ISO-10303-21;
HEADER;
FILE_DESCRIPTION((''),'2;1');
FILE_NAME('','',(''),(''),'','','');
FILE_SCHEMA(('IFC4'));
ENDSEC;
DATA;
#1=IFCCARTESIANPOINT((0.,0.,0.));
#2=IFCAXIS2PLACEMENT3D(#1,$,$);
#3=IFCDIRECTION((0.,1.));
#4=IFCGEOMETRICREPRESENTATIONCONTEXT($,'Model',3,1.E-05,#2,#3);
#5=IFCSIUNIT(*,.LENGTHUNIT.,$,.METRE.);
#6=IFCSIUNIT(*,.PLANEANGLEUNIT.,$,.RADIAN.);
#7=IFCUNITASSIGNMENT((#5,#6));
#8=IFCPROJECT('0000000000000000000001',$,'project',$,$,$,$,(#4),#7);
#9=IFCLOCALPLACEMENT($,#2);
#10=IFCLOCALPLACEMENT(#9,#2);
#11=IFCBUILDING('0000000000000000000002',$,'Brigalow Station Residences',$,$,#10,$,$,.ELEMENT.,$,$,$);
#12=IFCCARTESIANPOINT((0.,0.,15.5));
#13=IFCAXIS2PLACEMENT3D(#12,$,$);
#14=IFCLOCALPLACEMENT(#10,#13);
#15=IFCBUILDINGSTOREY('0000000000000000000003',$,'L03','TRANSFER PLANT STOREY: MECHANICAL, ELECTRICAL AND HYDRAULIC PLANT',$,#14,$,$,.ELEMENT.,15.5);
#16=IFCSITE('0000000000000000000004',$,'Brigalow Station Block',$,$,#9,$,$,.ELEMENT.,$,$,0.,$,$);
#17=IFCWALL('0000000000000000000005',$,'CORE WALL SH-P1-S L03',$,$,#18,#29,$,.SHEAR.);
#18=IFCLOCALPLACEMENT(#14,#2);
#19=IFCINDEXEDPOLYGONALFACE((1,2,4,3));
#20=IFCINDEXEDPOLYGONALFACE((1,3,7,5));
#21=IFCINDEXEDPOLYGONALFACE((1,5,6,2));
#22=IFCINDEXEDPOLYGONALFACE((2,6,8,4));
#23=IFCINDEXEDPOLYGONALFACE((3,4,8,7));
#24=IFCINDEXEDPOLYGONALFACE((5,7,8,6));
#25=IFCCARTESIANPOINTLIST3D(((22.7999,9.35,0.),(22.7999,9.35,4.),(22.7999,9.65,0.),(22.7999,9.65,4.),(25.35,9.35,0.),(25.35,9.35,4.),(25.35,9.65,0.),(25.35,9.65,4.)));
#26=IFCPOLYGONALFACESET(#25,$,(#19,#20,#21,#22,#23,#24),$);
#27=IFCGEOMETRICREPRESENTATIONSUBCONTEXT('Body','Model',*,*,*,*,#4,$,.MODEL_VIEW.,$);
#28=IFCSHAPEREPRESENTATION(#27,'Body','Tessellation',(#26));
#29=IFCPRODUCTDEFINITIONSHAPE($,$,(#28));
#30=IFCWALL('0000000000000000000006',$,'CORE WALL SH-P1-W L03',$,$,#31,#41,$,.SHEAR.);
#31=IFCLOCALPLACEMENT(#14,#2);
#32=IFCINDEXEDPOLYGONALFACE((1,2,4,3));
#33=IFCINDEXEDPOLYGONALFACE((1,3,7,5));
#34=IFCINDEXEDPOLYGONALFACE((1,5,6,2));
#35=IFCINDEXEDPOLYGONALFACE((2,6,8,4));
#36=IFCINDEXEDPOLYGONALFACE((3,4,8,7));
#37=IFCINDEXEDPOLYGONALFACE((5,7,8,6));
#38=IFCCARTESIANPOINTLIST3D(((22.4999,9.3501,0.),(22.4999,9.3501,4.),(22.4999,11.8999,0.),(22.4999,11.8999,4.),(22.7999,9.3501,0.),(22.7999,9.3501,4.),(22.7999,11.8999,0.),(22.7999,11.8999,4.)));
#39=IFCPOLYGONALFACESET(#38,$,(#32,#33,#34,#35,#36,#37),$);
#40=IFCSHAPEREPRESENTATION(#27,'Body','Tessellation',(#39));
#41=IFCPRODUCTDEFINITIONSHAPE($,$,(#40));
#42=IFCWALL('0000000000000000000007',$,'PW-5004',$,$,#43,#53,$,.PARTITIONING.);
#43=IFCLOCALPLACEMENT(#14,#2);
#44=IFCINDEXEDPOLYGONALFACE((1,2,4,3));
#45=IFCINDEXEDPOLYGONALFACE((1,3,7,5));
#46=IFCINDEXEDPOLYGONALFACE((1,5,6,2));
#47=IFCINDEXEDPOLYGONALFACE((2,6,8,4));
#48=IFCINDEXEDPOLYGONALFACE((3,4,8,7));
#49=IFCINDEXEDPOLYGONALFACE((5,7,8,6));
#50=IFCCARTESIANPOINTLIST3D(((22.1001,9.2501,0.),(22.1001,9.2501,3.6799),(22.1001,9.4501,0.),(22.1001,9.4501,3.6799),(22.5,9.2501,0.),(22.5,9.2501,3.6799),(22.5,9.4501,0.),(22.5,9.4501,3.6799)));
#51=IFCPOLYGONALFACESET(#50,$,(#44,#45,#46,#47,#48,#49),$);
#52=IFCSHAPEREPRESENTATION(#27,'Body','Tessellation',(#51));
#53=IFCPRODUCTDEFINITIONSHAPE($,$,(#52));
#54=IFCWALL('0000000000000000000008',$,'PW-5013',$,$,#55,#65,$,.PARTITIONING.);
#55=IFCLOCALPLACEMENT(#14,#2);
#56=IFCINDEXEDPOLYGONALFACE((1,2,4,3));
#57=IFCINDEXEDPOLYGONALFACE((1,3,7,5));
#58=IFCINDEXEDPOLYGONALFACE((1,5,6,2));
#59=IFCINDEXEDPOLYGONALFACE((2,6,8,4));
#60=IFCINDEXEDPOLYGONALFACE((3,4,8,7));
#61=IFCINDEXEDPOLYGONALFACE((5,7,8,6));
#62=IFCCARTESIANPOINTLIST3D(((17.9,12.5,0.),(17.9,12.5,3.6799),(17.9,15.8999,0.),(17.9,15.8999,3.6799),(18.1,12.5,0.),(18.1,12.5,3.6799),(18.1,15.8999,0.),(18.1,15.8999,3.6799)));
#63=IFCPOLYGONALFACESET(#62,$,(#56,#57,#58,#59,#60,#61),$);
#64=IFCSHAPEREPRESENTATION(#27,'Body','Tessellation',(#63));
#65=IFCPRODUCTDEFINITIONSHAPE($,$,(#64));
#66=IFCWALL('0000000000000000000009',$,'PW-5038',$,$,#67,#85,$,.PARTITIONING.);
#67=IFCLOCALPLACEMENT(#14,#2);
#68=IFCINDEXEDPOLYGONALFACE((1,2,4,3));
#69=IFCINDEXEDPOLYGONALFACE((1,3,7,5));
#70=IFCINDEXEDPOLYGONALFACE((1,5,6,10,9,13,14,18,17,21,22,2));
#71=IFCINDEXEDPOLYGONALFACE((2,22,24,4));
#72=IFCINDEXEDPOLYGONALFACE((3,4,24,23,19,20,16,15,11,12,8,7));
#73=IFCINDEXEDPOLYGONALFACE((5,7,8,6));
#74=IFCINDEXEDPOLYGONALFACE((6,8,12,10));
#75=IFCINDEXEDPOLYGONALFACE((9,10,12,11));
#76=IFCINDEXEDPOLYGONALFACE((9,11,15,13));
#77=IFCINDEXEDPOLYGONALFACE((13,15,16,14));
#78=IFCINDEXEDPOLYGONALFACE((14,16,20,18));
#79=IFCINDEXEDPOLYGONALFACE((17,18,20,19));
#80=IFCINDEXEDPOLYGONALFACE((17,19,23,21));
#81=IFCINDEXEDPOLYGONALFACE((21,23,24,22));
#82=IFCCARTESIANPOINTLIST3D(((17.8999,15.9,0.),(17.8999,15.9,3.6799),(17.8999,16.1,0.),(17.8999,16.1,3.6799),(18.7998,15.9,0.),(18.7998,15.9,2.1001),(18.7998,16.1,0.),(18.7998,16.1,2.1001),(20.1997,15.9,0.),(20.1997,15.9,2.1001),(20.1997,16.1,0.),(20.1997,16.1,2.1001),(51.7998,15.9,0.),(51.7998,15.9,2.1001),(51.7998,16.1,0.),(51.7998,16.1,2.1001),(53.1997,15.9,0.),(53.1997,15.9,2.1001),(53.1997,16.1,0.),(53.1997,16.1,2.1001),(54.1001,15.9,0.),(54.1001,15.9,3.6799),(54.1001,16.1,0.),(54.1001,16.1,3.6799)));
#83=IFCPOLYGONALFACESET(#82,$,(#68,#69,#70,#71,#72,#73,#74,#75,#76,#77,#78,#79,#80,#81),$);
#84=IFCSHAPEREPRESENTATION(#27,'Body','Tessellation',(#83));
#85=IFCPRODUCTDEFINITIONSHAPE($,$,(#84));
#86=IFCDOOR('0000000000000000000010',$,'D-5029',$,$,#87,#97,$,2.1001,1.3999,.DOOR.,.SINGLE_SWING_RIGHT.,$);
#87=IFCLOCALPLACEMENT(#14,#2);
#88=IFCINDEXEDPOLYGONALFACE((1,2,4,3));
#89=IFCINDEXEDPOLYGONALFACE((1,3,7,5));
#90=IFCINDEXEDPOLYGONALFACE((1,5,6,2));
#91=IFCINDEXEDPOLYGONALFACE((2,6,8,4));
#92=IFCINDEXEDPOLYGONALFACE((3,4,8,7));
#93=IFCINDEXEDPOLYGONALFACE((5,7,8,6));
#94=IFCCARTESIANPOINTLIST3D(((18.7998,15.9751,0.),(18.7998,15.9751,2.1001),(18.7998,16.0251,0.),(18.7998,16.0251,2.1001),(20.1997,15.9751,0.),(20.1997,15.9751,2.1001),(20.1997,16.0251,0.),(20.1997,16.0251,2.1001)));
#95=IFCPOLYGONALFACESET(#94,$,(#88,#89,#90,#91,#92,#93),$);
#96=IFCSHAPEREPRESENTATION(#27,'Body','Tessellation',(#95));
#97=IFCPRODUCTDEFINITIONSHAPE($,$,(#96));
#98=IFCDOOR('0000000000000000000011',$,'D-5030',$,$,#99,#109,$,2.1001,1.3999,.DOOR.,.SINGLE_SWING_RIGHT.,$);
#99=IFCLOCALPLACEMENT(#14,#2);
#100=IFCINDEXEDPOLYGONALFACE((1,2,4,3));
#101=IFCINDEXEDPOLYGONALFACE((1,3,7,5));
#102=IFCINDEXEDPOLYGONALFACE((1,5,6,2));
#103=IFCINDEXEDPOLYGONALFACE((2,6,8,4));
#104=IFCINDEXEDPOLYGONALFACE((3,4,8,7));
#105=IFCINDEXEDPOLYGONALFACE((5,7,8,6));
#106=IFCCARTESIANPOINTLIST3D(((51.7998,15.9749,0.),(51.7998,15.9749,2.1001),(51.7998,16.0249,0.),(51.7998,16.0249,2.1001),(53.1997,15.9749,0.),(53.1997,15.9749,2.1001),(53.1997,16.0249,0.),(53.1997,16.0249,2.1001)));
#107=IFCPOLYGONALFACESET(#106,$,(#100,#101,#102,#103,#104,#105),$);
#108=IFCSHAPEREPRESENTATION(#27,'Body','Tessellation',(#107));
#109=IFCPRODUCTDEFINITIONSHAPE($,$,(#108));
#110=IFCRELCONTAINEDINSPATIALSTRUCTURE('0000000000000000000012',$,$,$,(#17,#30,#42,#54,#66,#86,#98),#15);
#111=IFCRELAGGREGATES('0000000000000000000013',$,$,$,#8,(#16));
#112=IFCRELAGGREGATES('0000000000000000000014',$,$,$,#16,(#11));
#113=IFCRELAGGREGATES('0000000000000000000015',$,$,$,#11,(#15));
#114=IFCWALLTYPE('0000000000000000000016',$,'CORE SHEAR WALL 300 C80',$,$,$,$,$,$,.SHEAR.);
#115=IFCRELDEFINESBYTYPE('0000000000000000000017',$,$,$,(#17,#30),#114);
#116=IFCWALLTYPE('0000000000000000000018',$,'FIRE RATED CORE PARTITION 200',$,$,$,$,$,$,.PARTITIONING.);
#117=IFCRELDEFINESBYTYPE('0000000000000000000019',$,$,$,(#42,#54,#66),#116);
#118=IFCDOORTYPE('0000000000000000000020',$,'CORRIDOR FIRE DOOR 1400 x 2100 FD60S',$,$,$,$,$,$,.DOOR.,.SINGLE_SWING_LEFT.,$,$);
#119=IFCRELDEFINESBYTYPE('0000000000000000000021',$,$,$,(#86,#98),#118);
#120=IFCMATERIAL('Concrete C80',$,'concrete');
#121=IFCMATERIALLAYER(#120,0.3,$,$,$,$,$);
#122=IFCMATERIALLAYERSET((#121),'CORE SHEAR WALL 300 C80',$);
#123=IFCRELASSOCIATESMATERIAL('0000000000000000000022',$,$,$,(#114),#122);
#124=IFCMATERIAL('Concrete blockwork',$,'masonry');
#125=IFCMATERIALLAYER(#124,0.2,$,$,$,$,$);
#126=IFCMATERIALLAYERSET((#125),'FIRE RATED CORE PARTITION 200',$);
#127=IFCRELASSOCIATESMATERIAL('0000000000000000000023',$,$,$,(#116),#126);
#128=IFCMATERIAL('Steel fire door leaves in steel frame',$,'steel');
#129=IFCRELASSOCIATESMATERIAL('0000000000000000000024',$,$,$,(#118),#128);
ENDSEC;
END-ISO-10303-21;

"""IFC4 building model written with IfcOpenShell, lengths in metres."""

from ifc_helpers import new_model, si_unit, direction, frame, frame_2d, origin, place, context, subcontext, project, spatial, rectangle, extrude, material, layer, layer_set, type_object, element, fill, save


model = new_model("IFC4")

# Units and contexts
model_context = context("Model", 3, precision=1e-05, world=origin(), true_north=direction((0.0, 1.0)))
body_context = subcontext(model_context, "Body", "Model", "MODEL_VIEW")
ifc_project = project(units=[si_unit("LENGTHUNIT", "METRE"), si_unit("PLANEANGLEUNIT", "RADIAN")], contexts=[model_context])

# Site, building, storey
site_placement = place(None, origin())
site = spatial("IfcSite", under=ifc_project, at=site_placement, Name="Brigalow Station Block", CompositionType="ELEMENT", RefElevation=0.0)
building_placement = place(site_placement, origin())
building = spatial("IfcBuilding", under=site, at=building_placement, Name="Brigalow Station Residences", CompositionType="ELEMENT")
storey_placement = place(building_placement, frame((0.0, 0.0, 15.5)))
storey = spatial("IfcBuildingStorey", under=building, at=storey_placement, Name="L03", Description="TRANSFER PLANT STOREY: MECHANICAL, ELECTRICAL AND HYDRAULIC PLANT", CompositionType="ELEMENT", Elevation=15.5)

# Walls
ifc_material_1 = material(Name="Concrete C80", Category="concrete")
ifc_layer_1 = layer(ifc_material_1, 0.3)
ifc_layer_set_1 = layer_set([ifc_layer_1], Name="CORE SHEAR WALL 300 C80")
wall_type_1 = type_object("IfcWallType", Name="CORE SHEAR WALL 300 C80", PredefinedType="SHEAR", material=ifc_layer_set_1)
wall_1_placement = place(storey_placement, frame((22.8, 9.5, 0.0), z_axis=(0.0, 0.0, 1.0), x_axis=(1.0, 0.0, 0.0)))
element("IfcWall", 1, at=wall_1_placement, inside=storey, type_object=wall_type_1, Name="CORE WALL SH-P1-S L03", PredefinedType="SHEAR", context=body_context, shape_type="SweptSolid", body=[
    extrude(rectangle(XDim=2.55, YDim=0.3, at=frame_2d((1.2749, 0.0))), origin(), (0.0, 0.0, 1.0), 4.0),
])
wall_2_placement = place(storey_placement, frame((22.6499, 9.3501, 0.0), z_axis=(0.0, 0.0, 1.0), x_axis=(0.0, 1.0, 0.0)))
element("IfcWall", 2, at=wall_2_placement, inside=storey, type_object=wall_type_1, Name="CORE WALL SH-P1-W L03", PredefinedType="SHEAR", context=body_context, shape_type="SweptSolid", body=[
    extrude(rectangle(XDim=2.5498, YDim=0.3, at=frame_2d((1.2749, 0.0))), origin(), (0.0, 0.0, 1.0), 4.0),
])

# Walls
ifc_material_2 = material(Name="Concrete blockwork", Category="masonry")
ifc_layer_2 = layer(ifc_material_2, 0.2)
ifc_layer_set_2 = layer_set([ifc_layer_2], Name="FIRE RATED CORE PARTITION 200")
wall_type_2 = type_object("IfcWallType", Name="FIRE RATED CORE PARTITION 200", PredefinedType="PARTITIONING", material=ifc_layer_set_2)
wall_3_placement = place(storey_placement, frame((22.1001, 9.3501, 0.0), z_axis=(0.0, 0.0, 1.0), x_axis=(1.0, 0.0, 0.0)))
element("IfcWall", 3, at=wall_3_placement, inside=storey, type_object=wall_type_2, Name="PW-5004", PredefinedType="PARTITIONING", context=body_context, shape_type="SweptSolid", body=[
    extrude(rectangle(XDim=0.3999, YDim=0.2, at=frame_2d((0.2, 0.0))), origin(), (0.0, 0.0, 1.0), 3.6799),
])
wall_4_placement = place(storey_placement, frame((18.0, 12.5, 0.0), z_axis=(0.0, 0.0, 1.0), x_axis=(0.0, 1.0, 0.0)))
element("IfcWall", 4, at=wall_4_placement, inside=storey, type_object=wall_type_2, Name="PW-5013", PredefinedType="PARTITIONING", context=body_context, shape_type="SweptSolid", body=[
    extrude(rectangle(XDim=3.3999, YDim=0.2, at=frame_2d((1.7, 0.0))), origin(), (0.0, 0.0, 1.0), 3.6799),
])

# Wall, openings, doors
wall_5_placement = place(storey_placement, frame((17.8999, 16.0, 0.0), z_axis=(0.0, 0.0, 1.0), x_axis=(1.0, 0.0, 0.0)))
wall_5 = element("IfcWall", 5, at=wall_5_placement, inside=storey, type_object=wall_type_2, Name="PW-5038", PredefinedType="PARTITIONING", context=body_context, shape_type="SweptSolid", body=[
    extrude(rectangle(XDim=36.2002, YDim=0.2, at=frame_2d((18.1001, 0.0))), origin(), (0.0, 0.0, 1.0), 3.6799),
])
opening_1_placement = place(wall_5_placement, frame((0.8999, 0.0, 0.0)))
opening_1 = element("IfcOpeningElement", 6, at=opening_1_placement, cuts=wall_5, PredefinedType="OPENING", context=body_context, shape_type="SweptSolid", body=[
    extrude(rectangle(XDim=1.3999, YDim=2.1001, at=frame_2d((0.7, 1.05))), frame((0.0, 0.1099, 0.0), z_axis=(0.0, -1.0, 0.0), x_axis=(1.0, 0.0, 0.0)), (0.0, 0.0, 1.0), 0.22),
])
opening_2_placement = place(wall_5_placement, frame((33.8999, 0.0, 0.0)))
opening_2 = element("IfcOpeningElement", 7, at=opening_2_placement, cuts=wall_5, PredefinedType="OPENING", context=body_context, shape_type="SweptSolid", body=[
    extrude(rectangle(XDim=1.3999, YDim=2.1001, at=frame_2d((0.7, 1.05))), frame((0.0, 0.1099, 0.0), z_axis=(0.0, -1.0, 0.0), x_axis=(1.0, 0.0, 0.0)), (0.0, 0.0, 1.0), 0.22),
])
ifc_material_3 = material(Name="Steel fire door leaves in steel frame", Category="steel")
door_type_1 = type_object("IfcDoorType", Name="CORRIDOR FIRE DOOR 1400 x 2100 FD60S", OperationType="SINGLE_SWING_LEFT", PredefinedType="DOOR", material=ifc_material_3)
door_1_placement = place(opening_1_placement, frame((1.3999, 0.0, 0.0), z_axis=(0.0, 0.0, 1.0), x_axis=(-1.0, 0.0, 0.0)))
door_1 = element("IfcDoor", 8, at=door_1_placement, inside=storey, type_object=door_type_1, Name="D-5029", OperationType="SINGLE_SWING_RIGHT", OverallHeight=2.1001, OverallWidth=1.3999, PredefinedType="DOOR", context=body_context, shape_type="SweptSolid", body=[
    extrude(rectangle(XDim=1.3999, YDim=2.1001, at=frame_2d((0.7, 1.05))), frame((0.0, 0.0249, 0.0), z_axis=(0.0, -1.0, 0.0), x_axis=(1.0, 0.0, 0.0)), (0.0, 0.0, 1.0), 0.05),
])
fill(opening_1, door_1)
door_2_placement = place(opening_2_placement, origin())
door_2 = element("IfcDoor", 9, at=door_2_placement, inside=storey, type_object=door_type_1, Name="D-5030", OperationType="SINGLE_SWING_RIGHT", OverallHeight=2.1001, OverallWidth=1.3999, PredefinedType="DOOR", context=body_context, shape_type="SweptSolid", body=[
    extrude(rectangle(XDim=1.3999, YDim=2.1001, at=frame_2d((0.7, 1.05))), frame((0.0, 0.0249, 0.0), z_axis=(0.0, -1.0, 0.0), x_axis=(1.0, 0.0, 0.0)), (0.0, 0.0, 1.0), 0.05),
])
fill(opening_2, door_2)

save(model, "model.ifc")
